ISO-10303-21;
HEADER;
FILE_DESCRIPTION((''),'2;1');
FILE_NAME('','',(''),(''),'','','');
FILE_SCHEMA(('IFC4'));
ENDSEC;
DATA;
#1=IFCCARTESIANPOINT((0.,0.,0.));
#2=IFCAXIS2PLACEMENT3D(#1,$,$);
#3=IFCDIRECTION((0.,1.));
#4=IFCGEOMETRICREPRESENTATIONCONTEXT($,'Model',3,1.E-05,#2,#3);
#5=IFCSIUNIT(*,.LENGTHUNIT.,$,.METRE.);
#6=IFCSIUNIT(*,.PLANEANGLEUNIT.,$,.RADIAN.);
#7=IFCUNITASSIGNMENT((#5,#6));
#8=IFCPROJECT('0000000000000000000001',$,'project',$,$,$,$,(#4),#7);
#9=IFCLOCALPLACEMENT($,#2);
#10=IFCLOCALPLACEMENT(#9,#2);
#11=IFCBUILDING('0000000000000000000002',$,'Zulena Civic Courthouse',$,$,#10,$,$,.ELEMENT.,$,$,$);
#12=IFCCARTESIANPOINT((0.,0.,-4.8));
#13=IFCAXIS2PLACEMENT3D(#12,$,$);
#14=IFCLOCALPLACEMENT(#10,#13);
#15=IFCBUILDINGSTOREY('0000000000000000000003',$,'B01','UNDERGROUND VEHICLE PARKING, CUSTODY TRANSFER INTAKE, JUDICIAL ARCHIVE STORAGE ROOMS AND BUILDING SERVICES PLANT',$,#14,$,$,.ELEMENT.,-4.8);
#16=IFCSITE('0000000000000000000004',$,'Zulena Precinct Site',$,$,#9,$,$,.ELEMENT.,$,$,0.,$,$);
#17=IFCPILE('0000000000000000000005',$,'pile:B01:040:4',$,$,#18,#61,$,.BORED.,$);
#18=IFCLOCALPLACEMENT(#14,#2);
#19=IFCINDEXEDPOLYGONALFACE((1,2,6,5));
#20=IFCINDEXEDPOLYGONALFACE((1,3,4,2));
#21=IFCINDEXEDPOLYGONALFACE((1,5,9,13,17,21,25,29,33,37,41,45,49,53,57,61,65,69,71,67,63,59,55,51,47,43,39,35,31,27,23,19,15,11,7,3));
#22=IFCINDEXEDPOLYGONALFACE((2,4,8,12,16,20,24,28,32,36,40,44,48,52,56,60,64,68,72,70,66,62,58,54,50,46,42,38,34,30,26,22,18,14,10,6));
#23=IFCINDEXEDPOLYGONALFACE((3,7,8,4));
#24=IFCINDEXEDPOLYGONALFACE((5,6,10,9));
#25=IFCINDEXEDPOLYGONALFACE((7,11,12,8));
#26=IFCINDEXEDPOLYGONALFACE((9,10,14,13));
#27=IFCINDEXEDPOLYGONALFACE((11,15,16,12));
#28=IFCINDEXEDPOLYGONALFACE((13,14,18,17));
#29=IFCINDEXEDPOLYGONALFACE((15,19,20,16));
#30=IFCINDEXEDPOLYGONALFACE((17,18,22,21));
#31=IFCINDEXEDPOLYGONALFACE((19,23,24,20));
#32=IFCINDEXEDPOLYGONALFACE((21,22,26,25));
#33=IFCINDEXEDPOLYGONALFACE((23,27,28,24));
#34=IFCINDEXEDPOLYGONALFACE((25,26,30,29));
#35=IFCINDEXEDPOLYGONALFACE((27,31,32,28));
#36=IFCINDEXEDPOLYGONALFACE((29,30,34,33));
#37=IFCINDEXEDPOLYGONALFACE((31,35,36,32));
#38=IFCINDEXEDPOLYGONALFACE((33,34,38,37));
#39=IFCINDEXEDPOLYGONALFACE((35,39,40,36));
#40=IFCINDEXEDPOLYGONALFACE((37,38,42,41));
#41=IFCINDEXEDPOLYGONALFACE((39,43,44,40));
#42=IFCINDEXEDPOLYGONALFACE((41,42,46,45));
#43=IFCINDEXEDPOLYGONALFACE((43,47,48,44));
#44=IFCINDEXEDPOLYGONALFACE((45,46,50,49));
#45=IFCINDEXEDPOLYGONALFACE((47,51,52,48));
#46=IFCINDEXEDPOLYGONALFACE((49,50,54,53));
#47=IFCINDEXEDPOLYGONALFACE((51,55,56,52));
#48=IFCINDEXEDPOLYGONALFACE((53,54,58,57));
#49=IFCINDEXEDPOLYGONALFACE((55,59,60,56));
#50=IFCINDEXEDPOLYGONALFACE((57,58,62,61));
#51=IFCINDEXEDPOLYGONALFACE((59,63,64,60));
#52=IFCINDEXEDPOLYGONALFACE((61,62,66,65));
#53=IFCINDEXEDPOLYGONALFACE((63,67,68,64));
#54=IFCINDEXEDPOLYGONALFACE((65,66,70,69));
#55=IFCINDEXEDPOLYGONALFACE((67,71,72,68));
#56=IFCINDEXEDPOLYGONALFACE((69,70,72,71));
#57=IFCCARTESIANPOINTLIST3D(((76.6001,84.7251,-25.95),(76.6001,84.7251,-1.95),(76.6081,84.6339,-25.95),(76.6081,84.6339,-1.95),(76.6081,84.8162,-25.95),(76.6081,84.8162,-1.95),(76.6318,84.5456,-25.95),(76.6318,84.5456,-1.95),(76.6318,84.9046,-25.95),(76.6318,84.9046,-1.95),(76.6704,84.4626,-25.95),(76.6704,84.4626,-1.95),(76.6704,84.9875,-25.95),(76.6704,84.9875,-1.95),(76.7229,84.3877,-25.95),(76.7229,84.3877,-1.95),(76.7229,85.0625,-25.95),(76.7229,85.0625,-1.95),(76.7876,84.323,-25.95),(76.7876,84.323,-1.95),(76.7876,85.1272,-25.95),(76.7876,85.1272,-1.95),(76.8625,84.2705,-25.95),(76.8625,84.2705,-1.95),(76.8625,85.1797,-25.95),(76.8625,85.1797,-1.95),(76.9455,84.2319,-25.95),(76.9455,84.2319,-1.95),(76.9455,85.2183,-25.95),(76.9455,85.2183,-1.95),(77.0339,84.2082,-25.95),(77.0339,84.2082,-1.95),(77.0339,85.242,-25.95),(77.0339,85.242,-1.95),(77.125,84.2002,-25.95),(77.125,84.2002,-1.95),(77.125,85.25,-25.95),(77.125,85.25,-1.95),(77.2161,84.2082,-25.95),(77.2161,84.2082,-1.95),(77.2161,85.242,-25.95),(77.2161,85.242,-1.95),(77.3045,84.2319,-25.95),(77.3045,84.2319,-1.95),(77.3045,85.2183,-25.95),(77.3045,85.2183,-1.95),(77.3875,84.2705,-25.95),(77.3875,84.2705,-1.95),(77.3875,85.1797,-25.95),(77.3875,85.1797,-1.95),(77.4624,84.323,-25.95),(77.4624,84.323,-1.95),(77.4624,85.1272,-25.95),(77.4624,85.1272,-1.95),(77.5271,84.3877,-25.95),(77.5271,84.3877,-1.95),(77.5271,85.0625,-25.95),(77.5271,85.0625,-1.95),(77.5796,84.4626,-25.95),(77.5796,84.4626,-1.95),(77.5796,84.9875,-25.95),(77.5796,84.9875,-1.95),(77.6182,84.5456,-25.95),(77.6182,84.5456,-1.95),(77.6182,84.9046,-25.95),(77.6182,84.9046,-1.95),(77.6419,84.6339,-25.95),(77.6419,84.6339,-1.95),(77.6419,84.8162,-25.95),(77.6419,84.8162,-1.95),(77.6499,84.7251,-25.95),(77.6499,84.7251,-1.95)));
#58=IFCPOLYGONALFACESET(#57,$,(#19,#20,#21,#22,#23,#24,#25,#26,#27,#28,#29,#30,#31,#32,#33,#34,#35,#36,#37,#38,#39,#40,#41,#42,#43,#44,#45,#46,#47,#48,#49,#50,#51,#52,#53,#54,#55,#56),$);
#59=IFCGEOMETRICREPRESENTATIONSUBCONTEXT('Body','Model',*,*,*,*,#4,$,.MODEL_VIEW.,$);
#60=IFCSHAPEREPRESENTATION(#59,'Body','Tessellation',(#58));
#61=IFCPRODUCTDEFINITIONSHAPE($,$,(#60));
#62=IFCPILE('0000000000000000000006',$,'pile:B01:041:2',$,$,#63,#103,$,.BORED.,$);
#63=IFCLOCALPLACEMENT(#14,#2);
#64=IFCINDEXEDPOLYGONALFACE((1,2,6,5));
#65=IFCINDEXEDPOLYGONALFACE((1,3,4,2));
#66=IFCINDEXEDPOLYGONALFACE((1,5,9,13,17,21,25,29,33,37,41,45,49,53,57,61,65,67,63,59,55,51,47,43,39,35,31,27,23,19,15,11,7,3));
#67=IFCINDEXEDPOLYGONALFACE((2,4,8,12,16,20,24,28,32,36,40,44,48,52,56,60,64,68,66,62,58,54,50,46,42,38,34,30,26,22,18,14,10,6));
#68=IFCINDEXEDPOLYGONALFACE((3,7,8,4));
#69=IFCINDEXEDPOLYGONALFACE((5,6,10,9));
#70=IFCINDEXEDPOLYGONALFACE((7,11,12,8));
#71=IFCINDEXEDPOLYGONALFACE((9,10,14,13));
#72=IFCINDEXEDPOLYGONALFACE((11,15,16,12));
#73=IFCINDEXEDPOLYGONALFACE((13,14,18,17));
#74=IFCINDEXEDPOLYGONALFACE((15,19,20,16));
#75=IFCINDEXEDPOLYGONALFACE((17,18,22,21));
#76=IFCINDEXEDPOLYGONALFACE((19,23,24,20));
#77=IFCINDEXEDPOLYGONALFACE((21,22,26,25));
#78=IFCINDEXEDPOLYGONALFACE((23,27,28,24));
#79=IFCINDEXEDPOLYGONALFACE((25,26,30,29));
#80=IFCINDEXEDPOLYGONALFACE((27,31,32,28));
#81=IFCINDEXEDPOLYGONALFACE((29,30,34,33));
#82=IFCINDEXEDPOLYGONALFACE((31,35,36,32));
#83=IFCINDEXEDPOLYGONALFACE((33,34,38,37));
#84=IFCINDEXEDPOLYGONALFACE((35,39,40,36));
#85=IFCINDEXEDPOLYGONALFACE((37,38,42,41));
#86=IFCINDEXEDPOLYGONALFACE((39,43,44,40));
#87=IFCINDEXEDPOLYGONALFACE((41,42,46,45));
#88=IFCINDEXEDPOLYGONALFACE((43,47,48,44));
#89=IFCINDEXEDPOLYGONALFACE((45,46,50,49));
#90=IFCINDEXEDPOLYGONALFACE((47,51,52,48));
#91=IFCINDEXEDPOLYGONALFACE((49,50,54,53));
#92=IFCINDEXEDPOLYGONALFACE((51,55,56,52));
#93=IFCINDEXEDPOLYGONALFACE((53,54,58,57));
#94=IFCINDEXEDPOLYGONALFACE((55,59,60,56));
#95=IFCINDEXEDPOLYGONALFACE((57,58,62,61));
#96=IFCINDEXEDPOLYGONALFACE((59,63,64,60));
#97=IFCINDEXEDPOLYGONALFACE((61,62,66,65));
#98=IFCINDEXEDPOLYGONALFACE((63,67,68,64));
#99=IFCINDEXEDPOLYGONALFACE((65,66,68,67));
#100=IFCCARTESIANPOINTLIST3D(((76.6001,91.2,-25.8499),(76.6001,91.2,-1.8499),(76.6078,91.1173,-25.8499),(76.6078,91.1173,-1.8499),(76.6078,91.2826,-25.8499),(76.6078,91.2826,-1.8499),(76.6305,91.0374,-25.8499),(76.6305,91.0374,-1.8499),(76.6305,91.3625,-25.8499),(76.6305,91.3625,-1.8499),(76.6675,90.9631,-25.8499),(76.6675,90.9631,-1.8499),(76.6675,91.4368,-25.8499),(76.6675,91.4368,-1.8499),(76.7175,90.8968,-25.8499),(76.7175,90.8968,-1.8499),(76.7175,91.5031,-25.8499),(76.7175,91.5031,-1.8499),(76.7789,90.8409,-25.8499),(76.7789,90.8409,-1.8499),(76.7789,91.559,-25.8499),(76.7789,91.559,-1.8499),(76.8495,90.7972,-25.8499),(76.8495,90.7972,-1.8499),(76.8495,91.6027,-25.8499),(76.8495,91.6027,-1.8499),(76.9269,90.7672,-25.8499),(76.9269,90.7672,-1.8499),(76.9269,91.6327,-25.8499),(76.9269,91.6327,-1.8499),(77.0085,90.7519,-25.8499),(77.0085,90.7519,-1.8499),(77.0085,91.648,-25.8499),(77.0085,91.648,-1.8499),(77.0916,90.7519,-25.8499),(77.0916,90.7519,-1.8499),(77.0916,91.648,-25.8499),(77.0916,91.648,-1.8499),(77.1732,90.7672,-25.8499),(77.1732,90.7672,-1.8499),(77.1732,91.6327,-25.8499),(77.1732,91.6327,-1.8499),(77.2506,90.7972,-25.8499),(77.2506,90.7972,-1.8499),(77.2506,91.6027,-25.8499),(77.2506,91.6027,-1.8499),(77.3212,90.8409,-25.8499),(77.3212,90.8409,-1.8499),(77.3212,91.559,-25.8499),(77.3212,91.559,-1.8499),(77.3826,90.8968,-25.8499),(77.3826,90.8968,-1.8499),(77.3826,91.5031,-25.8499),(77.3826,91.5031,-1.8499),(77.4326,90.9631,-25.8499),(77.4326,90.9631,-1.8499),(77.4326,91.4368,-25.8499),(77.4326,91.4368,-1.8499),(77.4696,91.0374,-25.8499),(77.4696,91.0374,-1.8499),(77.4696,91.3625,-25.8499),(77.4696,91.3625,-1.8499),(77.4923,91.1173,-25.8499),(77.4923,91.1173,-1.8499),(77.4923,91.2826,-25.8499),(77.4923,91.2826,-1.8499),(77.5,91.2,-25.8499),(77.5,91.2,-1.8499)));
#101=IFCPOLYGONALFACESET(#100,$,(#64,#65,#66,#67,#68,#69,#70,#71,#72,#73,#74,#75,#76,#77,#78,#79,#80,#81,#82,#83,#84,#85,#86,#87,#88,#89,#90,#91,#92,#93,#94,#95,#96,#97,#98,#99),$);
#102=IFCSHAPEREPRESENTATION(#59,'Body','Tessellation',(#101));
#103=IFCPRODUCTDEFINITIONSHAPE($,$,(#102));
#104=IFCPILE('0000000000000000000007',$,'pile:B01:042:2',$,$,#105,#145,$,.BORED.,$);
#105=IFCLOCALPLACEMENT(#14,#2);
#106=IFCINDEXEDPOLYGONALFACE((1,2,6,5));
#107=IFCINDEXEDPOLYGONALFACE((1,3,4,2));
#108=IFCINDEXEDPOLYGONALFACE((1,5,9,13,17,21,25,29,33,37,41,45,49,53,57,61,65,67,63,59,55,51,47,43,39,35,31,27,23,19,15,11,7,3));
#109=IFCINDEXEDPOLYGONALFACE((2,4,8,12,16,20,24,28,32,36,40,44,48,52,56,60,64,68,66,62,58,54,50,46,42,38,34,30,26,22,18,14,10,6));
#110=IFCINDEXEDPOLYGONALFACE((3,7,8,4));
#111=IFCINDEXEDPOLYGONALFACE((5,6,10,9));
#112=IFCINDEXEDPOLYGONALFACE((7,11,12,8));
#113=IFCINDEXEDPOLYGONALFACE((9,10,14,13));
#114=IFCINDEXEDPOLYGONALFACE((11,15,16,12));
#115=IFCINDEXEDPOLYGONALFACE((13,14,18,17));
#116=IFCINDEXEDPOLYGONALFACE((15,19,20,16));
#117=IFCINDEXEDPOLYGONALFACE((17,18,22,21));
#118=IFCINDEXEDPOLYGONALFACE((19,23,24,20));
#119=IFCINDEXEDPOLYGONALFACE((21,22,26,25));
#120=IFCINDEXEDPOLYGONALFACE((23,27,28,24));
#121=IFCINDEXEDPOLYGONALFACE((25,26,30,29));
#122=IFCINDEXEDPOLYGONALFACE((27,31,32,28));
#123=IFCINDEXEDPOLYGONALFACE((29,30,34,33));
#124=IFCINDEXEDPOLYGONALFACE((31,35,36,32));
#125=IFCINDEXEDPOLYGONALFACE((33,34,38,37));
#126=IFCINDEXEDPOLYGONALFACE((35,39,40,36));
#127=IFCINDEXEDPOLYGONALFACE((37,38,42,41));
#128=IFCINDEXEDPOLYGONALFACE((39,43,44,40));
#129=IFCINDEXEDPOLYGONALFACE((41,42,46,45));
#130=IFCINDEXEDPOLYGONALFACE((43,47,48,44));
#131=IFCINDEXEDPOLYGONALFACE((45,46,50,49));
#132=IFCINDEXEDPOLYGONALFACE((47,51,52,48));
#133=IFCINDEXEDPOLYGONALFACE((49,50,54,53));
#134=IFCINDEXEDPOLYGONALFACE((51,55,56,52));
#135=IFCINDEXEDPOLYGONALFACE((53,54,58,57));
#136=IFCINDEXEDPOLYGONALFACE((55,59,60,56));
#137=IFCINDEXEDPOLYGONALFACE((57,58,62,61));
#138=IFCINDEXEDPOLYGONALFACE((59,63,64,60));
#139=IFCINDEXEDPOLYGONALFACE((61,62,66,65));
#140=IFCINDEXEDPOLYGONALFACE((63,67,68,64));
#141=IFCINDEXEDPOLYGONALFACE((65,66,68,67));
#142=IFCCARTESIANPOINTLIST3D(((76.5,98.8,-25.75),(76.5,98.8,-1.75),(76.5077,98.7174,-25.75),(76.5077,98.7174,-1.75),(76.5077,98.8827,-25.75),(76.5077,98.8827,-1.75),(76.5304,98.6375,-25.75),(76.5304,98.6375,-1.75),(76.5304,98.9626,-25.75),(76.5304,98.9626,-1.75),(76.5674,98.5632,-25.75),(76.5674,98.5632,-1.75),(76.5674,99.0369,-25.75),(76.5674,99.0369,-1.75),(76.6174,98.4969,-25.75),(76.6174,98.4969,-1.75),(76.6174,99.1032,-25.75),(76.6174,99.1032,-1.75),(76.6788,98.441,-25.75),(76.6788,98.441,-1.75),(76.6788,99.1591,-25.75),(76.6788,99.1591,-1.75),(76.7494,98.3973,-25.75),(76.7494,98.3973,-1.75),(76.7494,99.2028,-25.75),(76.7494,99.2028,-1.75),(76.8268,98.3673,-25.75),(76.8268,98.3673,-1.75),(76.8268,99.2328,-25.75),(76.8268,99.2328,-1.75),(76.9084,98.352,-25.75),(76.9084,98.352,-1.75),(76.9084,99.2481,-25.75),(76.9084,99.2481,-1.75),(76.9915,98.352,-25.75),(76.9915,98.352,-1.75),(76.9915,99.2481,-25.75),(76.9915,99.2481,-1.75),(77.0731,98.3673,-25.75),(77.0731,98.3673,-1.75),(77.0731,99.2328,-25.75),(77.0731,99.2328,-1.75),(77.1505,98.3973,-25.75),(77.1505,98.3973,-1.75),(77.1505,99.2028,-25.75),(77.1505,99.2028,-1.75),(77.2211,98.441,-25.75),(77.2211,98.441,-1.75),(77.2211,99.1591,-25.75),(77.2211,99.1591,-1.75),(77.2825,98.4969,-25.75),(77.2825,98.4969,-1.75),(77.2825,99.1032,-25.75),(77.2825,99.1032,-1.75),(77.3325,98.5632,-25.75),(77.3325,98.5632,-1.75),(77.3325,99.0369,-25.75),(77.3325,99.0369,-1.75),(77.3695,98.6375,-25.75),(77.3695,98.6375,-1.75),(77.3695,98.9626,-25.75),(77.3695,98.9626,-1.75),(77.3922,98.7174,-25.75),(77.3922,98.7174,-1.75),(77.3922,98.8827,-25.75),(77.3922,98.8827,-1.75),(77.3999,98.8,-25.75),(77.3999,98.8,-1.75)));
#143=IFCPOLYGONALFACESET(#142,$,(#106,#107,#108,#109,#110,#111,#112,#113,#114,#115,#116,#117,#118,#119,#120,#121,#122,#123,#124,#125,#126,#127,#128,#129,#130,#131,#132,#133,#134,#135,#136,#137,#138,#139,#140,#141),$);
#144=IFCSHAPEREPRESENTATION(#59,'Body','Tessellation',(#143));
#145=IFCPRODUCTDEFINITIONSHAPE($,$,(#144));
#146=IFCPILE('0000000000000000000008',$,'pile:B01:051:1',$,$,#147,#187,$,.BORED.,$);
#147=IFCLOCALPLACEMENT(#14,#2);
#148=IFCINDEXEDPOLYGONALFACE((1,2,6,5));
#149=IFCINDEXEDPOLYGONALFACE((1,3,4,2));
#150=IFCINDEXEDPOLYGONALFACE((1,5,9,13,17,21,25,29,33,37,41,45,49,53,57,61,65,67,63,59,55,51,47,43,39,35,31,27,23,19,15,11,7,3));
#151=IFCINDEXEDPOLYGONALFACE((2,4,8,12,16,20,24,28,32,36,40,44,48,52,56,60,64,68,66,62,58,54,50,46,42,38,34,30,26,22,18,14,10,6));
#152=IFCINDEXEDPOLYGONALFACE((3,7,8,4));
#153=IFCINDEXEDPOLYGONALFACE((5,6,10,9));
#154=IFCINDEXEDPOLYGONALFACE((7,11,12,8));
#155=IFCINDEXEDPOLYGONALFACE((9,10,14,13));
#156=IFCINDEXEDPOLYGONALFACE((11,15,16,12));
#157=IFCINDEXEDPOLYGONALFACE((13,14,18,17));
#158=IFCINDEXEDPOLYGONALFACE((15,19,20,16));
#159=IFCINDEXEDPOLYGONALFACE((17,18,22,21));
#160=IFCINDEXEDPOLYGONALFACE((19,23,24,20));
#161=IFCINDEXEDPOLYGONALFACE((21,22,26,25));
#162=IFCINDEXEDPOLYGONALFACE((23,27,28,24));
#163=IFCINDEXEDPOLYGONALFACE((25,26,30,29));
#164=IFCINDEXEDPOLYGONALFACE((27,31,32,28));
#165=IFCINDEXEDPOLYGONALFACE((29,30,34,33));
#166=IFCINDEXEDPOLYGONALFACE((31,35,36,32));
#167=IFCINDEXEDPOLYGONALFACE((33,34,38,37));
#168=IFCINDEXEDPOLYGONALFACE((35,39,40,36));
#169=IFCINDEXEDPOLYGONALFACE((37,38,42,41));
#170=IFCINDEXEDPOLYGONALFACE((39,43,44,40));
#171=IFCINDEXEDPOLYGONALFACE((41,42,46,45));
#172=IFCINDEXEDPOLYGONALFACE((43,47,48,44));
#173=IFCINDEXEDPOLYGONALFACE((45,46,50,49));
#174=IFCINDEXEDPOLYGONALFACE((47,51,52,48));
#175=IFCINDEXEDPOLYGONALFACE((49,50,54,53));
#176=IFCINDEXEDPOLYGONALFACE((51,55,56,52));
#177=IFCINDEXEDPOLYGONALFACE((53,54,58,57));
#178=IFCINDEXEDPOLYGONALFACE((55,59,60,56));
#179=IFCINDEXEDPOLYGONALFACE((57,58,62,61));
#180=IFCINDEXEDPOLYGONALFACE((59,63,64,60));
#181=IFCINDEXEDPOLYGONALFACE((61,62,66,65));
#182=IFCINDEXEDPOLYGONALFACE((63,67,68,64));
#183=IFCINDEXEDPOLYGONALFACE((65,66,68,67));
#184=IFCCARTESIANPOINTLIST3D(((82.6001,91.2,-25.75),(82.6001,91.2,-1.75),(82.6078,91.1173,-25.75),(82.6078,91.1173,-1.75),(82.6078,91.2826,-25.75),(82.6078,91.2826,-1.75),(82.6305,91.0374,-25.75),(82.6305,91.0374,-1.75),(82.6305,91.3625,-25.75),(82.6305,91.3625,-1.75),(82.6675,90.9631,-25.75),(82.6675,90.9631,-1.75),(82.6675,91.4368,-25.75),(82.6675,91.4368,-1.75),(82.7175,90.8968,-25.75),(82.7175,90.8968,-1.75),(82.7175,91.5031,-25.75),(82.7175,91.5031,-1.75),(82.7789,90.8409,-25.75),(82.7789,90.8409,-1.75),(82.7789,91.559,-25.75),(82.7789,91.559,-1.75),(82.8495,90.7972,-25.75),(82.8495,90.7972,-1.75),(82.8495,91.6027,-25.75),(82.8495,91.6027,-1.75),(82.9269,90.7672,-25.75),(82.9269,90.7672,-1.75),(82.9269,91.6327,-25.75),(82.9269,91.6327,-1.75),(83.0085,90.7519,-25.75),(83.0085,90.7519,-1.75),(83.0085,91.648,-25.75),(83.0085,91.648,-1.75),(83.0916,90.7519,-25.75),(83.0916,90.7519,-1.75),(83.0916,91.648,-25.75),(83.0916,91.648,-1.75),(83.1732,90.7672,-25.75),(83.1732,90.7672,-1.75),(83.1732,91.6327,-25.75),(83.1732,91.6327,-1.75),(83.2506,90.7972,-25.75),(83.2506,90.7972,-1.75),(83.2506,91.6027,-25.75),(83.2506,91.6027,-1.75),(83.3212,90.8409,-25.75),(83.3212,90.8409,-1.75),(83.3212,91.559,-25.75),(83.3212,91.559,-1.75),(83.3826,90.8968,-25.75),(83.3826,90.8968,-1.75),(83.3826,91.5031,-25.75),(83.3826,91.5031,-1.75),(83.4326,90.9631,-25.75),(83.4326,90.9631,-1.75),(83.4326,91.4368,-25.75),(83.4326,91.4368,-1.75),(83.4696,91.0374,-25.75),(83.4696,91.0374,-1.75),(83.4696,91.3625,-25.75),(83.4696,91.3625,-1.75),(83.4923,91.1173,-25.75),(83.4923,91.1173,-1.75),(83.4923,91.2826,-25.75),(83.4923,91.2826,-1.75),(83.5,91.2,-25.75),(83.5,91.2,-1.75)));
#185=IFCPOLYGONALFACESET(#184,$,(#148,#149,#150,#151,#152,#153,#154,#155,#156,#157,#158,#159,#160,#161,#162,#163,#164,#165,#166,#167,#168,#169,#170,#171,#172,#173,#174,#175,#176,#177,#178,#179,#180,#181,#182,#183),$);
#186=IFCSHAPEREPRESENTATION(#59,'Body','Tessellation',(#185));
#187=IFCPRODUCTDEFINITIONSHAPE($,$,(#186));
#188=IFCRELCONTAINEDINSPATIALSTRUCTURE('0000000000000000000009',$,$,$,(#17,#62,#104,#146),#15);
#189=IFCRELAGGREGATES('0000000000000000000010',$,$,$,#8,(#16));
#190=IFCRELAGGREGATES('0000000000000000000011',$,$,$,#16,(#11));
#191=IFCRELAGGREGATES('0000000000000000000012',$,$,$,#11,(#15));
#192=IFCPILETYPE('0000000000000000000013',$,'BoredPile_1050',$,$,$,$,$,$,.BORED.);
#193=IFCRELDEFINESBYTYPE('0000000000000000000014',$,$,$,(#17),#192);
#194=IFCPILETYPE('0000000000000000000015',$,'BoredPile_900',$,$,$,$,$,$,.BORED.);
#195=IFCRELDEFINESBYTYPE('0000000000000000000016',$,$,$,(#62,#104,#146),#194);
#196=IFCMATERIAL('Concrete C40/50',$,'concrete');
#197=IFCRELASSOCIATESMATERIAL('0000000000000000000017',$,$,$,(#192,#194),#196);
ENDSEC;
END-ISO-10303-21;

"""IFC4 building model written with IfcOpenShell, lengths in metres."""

from ifc_helpers import new_model, si_unit, direction, frame, origin, origin_2d, place, context, subcontext, project, spatial, circle, extrude, material, material_profile, profile_set, type_object, element, save


model = new_model("IFC4")

# Units and contexts
model_context = context("Model", 3, precision=1e-05, world=origin(), true_north=direction((0.0, 1.0)))
body_context = subcontext(model_context, "Body", "Model", "MODEL_VIEW")
ifc_project = project(units=[si_unit("LENGTHUNIT", "METRE"), si_unit("PLANEANGLEUNIT", "RADIAN")], contexts=[model_context])

# Site, building, storey
site_placement = place(None, origin())
site = spatial("IfcSite", under=ifc_project, at=site_placement, Name="Zulena Precinct Site", CompositionType="ELEMENT", RefElevation=0.0)
building_placement = place(site_placement, origin())
building = spatial("IfcBuilding", under=site, at=building_placement, Name="Zulena Civic Courthouse", CompositionType="ELEMENT")
storey_placement = place(building_placement, frame((0.0, 0.0, -4.8)))
storey = spatial("IfcBuildingStorey", under=building, at=storey_placement, Name="B01", Description="UNDERGROUND VEHICLE PARKING, CUSTODY TRANSFER INTAKE, JUDICIAL ARCHIVE STORAGE ROOMS AND BUILDING SERVICES PLANT", CompositionType="ELEMENT", Elevation=-4.8)

# Piles
ifc_material_1 = material(Name="Concrete C40/50", Category="concrete")
ifc_material_profile_1 = material_profile(ifc_material_1, circle(Radius=0.5249, at=origin_2d()), Name="PILE1050")
ifc_profile_set_1 = profile_set([ifc_material_profile_1], Name="Concrete C40/50")
pile_type_1 = type_object("IfcPileType", Name="BoredPile_1050", PredefinedType="BORED", material=ifc_profile_set_1)
pile_placement = place(storey_placement, frame((77.125, 84.7251, -1.95), z_axis=(0.0, 0.0, -1.0), x_axis=(1.0, 0.0, 0.0)))
element("IfcPile", 1, at=pile_placement, inside=storey, type_object=pile_type_1, Name="pile:B01:040:4", PredefinedType="BORED", context=body_context, shape_type="SweptSolid", body=[
    extrude(circle(Radius=0.5249, at=origin_2d()), origin(), (0.0, 0.0, 1.0), 24.0),
])
ifc_material_profile_2 = material_profile(ifc_material_1, circle(Radius=0.45, at=origin_2d()), Name="PILE900")
ifc_profile_set_2 = profile_set([ifc_material_profile_2], Name="Concrete C40/50")
pile_type_2 = type_object("IfcPileType", Name="BoredPile_900", PredefinedType="BORED", material=ifc_profile_set_2)
for number, where, z_axis, x_axis, name in (
    (2, (77.05, 91.2, -1.8499), (0.0, 0.0, -1.0), (1.0, 0.0, 0.0), "pile:B01:041:2"),
    (3, (76.95, 98.8, -1.75), (0.0, 0.0, -1.0), (1.0, 0.0, 0.0), "pile:B01:042:2"),
    (4, (83.05, 91.2, -1.75), (0.0, 0.0, -1.0), (1.0, 0.0, 0.0), "pile:B01:051:1"),
):
    element("IfcPile", number, at=place(storey_placement, frame(where, z_axis=z_axis, x_axis=x_axis)), inside=storey, type_object=pile_type_2, Name=name, PredefinedType="BORED", context=body_context, shape_type="SweptSolid", body=[
        extrude(circle(Radius=0.45, at=origin_2d()), origin(), (0.0, 0.0, 1.0), 24.0),
    ])

save(model, "model.ifc")
